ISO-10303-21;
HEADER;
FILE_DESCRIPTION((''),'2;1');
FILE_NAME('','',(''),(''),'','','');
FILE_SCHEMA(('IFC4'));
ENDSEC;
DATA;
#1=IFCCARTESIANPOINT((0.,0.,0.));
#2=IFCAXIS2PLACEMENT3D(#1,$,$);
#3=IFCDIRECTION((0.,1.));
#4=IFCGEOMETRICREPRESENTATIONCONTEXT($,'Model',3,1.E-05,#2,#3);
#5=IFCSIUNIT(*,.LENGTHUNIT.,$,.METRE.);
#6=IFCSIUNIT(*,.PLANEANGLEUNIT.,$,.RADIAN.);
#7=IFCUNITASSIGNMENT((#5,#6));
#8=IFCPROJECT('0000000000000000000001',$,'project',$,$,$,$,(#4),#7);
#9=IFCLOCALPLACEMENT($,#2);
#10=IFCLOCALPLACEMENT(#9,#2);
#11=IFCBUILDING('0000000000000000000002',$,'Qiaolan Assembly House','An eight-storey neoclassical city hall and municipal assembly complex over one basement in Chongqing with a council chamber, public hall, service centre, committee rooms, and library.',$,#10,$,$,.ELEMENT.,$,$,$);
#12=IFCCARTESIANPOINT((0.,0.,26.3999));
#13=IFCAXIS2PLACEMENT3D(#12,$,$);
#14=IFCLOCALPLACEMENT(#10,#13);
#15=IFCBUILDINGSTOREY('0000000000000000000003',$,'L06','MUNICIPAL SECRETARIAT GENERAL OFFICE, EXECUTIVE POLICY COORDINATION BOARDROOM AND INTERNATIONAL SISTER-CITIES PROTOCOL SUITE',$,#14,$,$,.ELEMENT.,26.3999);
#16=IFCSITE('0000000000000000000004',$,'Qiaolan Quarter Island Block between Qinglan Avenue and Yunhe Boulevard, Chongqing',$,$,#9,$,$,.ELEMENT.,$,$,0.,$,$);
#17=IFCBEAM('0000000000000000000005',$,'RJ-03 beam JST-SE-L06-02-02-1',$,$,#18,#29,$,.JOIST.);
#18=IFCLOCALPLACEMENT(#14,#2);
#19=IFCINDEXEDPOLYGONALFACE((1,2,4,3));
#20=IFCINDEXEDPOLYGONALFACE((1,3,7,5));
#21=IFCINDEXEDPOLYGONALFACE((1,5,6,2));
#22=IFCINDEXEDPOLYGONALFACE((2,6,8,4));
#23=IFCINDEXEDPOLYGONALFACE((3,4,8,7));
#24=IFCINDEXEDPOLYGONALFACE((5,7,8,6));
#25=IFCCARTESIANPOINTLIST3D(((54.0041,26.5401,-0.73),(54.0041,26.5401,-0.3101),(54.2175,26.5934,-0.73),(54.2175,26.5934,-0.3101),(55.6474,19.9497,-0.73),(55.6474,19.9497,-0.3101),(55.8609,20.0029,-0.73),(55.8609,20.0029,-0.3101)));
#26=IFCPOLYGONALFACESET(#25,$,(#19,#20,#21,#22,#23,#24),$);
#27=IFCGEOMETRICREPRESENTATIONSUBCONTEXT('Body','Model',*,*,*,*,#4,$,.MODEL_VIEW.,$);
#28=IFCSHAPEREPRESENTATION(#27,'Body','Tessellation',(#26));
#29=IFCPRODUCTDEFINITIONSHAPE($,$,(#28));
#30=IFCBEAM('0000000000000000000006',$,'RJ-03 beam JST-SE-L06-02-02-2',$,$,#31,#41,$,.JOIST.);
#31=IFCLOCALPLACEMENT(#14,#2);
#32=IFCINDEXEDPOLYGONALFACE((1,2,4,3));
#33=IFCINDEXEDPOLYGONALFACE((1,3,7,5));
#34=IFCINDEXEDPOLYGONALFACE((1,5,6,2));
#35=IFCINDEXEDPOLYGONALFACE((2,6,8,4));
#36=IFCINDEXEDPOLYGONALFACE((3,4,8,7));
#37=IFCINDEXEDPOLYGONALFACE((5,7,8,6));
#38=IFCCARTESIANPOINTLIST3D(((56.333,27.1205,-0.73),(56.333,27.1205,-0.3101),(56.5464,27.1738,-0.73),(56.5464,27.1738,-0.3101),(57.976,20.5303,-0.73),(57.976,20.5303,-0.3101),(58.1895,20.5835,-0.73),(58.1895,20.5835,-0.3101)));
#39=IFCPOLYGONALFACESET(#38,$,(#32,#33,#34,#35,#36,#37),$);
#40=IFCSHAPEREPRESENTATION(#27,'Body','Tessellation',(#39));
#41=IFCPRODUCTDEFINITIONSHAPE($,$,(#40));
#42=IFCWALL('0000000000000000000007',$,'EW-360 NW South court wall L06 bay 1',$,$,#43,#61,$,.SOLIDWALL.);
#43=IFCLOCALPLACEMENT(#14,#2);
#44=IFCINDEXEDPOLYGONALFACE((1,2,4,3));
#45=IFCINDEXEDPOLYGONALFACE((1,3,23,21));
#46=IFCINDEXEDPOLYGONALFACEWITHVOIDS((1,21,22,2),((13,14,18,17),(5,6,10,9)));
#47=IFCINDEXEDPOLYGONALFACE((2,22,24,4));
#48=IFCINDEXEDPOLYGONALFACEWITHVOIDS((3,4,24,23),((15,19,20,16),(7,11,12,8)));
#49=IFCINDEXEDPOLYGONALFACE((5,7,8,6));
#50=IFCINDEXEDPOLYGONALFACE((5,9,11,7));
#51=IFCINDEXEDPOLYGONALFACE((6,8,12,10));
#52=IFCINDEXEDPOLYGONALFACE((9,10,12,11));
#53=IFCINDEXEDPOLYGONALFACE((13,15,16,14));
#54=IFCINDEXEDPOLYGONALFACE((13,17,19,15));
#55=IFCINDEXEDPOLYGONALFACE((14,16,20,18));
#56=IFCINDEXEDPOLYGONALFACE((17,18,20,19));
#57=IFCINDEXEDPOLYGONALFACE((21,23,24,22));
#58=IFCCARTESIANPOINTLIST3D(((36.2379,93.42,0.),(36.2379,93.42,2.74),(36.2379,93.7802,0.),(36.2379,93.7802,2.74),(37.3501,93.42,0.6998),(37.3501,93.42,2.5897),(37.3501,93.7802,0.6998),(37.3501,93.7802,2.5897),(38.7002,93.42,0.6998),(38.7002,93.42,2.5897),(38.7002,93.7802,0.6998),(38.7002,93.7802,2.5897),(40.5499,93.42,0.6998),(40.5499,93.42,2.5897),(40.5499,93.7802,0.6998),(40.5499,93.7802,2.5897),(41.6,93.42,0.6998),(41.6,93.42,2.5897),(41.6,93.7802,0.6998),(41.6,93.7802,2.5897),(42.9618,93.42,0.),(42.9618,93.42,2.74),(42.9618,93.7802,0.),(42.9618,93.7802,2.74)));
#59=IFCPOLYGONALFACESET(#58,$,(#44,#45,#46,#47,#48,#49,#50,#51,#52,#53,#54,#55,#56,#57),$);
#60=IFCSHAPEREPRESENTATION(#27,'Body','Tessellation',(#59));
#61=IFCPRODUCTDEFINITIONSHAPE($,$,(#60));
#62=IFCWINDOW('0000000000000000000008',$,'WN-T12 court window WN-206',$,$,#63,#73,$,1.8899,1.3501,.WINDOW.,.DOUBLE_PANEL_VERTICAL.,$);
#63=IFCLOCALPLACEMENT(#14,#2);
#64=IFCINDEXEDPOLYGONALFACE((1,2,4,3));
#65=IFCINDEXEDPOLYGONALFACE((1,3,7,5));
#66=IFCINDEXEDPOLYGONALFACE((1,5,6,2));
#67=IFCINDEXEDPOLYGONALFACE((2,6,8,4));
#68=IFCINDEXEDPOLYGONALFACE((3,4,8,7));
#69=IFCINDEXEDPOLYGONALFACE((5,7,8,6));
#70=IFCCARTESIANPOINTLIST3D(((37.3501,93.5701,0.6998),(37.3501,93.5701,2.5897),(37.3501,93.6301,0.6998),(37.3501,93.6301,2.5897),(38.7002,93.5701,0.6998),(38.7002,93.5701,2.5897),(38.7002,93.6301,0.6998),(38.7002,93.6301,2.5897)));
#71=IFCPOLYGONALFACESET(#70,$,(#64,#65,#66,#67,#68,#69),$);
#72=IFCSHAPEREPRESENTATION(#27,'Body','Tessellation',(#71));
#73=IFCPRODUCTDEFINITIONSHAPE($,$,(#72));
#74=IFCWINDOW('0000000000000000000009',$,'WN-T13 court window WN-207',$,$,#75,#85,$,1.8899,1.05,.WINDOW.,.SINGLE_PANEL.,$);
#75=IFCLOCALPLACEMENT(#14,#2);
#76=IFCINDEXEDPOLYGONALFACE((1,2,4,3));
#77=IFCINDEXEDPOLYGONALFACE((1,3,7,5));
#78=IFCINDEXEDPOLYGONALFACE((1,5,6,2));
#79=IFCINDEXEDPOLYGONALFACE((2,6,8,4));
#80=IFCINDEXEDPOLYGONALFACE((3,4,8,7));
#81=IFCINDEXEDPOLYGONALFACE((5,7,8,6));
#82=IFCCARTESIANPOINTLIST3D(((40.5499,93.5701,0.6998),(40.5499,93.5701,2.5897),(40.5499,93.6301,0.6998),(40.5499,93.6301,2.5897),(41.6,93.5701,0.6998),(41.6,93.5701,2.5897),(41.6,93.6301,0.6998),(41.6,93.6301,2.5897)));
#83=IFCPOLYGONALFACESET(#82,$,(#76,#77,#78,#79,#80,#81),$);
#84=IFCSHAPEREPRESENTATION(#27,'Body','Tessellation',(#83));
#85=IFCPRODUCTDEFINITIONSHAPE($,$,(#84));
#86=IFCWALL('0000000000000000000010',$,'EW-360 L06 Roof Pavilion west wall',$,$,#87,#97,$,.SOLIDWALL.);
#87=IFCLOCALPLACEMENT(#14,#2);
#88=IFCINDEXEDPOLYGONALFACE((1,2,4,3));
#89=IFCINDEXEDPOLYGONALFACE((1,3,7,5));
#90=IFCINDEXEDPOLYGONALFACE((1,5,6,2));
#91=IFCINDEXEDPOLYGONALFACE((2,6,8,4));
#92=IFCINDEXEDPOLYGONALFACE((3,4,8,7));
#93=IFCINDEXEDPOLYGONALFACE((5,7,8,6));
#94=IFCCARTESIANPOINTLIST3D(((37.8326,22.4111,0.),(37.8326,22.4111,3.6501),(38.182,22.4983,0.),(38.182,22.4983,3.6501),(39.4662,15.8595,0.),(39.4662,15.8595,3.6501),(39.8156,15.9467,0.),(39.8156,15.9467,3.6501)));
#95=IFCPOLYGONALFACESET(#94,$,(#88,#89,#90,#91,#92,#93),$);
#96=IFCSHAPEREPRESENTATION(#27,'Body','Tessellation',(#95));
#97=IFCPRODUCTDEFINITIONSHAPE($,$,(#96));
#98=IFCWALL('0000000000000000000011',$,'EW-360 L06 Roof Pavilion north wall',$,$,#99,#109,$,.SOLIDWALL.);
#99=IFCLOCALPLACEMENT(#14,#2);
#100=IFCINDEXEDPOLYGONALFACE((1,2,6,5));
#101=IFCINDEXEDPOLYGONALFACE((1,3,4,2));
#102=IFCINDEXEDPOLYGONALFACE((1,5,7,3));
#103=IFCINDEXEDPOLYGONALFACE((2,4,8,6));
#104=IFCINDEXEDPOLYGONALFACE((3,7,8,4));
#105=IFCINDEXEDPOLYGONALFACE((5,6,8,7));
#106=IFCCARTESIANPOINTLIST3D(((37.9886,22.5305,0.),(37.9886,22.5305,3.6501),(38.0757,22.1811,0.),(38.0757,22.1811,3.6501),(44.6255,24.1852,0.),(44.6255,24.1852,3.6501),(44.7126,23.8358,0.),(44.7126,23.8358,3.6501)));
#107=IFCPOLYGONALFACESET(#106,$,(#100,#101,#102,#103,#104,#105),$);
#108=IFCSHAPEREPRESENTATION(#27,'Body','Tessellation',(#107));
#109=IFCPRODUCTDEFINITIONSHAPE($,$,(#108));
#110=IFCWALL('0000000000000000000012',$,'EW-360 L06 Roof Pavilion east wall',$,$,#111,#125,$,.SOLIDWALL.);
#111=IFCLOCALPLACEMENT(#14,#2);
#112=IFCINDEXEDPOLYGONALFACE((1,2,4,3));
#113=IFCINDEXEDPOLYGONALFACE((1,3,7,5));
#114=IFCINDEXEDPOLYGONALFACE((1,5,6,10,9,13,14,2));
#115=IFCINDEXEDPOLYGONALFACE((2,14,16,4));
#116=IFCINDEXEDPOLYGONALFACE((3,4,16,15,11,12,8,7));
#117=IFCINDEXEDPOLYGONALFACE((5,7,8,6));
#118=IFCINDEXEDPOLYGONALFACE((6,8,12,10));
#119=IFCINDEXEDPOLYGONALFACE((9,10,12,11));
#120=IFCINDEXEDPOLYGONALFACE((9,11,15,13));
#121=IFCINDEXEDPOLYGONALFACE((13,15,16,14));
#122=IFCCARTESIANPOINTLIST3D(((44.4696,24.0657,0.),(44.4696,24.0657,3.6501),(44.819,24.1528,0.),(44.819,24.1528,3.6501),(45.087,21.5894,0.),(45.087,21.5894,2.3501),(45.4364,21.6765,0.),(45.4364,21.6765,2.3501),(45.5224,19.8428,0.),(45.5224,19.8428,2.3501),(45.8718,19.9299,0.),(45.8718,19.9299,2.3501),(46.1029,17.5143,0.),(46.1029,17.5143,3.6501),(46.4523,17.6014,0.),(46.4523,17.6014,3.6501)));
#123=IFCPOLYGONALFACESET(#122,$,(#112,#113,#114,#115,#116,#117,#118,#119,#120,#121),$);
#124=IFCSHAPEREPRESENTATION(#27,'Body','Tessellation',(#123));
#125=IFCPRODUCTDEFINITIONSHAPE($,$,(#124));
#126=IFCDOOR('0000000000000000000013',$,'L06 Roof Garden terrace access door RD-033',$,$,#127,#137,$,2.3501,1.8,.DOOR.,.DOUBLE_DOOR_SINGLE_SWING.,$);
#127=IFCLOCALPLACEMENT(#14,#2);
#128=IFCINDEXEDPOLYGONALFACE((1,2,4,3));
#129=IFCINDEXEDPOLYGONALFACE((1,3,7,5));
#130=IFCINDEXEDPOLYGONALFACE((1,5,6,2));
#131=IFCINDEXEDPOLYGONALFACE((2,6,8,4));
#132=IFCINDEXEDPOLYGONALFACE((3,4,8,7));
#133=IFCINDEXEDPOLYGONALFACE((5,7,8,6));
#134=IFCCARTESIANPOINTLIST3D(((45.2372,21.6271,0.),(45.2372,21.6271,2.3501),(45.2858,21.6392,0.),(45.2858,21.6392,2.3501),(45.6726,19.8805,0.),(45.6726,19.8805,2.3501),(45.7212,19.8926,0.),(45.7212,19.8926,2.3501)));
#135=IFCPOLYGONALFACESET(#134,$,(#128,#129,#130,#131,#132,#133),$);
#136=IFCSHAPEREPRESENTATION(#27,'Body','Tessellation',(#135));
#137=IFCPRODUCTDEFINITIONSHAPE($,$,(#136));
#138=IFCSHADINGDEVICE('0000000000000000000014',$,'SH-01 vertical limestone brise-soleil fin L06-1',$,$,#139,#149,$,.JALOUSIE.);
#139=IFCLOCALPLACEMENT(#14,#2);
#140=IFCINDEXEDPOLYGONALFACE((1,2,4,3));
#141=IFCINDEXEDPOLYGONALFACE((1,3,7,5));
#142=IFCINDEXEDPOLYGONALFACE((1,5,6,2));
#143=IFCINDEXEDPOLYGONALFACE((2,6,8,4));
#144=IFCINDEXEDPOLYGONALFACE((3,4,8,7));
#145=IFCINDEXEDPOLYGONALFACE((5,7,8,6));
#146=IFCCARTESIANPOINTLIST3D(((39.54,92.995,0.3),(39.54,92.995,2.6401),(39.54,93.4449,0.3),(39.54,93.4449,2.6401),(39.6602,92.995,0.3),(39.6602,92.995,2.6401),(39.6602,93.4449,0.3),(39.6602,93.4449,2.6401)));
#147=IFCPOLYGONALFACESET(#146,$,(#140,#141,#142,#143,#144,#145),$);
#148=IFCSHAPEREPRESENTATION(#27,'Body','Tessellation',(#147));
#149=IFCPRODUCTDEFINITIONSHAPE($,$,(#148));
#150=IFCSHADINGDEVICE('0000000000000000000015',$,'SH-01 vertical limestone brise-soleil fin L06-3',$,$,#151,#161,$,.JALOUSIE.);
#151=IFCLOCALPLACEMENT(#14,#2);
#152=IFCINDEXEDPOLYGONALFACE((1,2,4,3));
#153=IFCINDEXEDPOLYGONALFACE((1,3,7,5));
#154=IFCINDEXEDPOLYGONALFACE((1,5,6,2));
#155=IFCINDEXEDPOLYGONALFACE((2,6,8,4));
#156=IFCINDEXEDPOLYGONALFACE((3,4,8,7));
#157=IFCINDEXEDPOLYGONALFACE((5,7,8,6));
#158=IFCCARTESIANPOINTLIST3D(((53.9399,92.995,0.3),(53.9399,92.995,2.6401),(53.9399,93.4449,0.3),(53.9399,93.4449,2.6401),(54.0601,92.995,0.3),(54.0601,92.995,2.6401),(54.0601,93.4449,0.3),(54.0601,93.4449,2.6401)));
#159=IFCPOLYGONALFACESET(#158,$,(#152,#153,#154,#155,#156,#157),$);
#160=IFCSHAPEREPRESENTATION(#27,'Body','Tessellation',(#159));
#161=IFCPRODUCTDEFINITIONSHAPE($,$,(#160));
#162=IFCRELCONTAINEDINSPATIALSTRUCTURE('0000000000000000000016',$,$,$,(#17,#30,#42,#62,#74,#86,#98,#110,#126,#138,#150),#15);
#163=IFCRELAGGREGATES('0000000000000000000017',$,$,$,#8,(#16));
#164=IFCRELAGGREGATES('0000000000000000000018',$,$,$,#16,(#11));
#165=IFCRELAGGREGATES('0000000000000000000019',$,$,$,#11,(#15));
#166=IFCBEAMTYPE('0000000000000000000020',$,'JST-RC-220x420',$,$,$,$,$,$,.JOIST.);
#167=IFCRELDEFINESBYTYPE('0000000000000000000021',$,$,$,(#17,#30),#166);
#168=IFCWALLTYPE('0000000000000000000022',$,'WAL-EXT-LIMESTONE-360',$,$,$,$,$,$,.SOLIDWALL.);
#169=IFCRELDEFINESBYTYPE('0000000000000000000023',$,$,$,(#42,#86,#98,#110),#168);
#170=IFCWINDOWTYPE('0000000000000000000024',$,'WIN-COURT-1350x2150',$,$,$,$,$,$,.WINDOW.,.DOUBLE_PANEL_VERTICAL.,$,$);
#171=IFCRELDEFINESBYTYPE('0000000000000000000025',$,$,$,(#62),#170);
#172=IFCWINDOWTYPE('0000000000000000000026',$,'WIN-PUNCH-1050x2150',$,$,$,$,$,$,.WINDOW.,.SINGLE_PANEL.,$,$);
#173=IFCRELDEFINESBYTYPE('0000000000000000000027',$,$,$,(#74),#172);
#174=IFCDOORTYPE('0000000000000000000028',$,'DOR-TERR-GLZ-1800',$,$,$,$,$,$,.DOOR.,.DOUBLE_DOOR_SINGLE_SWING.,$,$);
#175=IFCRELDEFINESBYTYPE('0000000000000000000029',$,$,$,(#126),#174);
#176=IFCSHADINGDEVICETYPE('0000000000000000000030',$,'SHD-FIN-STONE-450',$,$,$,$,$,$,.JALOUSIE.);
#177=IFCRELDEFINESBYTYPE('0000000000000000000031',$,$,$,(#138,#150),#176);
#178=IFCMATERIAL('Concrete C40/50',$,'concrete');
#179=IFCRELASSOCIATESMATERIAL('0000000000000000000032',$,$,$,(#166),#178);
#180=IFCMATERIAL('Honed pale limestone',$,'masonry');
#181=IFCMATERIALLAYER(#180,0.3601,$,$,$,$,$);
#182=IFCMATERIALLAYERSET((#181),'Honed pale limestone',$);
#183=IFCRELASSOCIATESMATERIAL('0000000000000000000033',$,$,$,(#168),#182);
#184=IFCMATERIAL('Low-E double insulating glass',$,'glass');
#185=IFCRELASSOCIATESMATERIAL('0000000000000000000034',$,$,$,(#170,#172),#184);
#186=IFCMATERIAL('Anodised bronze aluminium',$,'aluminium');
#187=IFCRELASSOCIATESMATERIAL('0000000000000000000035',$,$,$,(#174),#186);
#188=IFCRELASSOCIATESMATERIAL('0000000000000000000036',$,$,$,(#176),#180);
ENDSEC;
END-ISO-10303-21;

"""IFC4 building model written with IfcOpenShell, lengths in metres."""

from ifc_helpers import new_model, si_unit, direction, frame, frame_2d, origin, origin_2d, place, context, subcontext, project, spatial, rectangle, extrude, material, layer, layer_set, material_profile, profile_set, type_object, element, fill, save


model = new_model("IFC4")

# Units and contexts
model_context = context("Model", 3, precision=1e-05, world=origin(), true_north=direction((0.0, 1.0)))
body_context = subcontext(model_context, "Body", "Model", "MODEL_VIEW")
ifc_project = project(units=[si_unit("LENGTHUNIT", "METRE"), si_unit("PLANEANGLEUNIT", "RADIAN")], contexts=[model_context])

# Site, building, storey
site_placement = place(None, origin())
site = spatial("IfcSite", under=ifc_project, at=site_placement, Name="Qiaolan Quarter Island Block between Qinglan Avenue and Yunhe Boulevard, Chongqing", CompositionType="ELEMENT", RefElevation=0.0)
building_placement = place(site_placement, origin())
building = spatial("IfcBuilding", under=site, at=building_placement, Name="Qiaolan Assembly House", Description="An eight-storey neoclassical city hall and municipal assembly complex over one basement in Chongqing with a council chamber, public hall, service centre, committee rooms, and library.", CompositionType="ELEMENT")
storey_placement = place(building_placement, frame((0.0, 0.0, 26.3999)))
storey = spatial("IfcBuildingStorey", under=building, at=storey_placement, Name="L06", Description="MUNICIPAL SECRETARIAT GENERAL OFFICE, EXECUTIVE POLICY COORDINATION BOARDROOM AND INTERNATIONAL SISTER-CITIES PROTOCOL SUITE", CompositionType="ELEMENT", Elevation=26.3999)

# Shared definitions
ifc_material_1 = material(Name="Concrete C40/50", Category="concrete")

# Beams
ifc_material_profile_1 = material_profile(ifc_material_1, rectangle(XDim=0.22, YDim=0.4199, at=origin_2d()), Name="RCB 220x420")
ifc_profile_set_1 = profile_set([ifc_material_profile_1], Name="Concrete C40/50")
beam_type_1 = type_object("IfcBeamType", Name="JST-RC-220x420", PredefinedType="JOIST", material=ifc_profile_set_1)
beam_1_placement = place(storey_placement, frame((55.7542, 19.9763, -0.52), z_axis=(-0.241944, 0.97029, 0.0), x_axis=(-0.97029, -0.241944, 0.0)))
element("IfcBeam", 1, at=beam_1_placement, inside=storey, type_object=beam_type_1, Name="RJ-03 beam JST-SE-L06-02-02-1", PredefinedType="JOIST", context=body_context, shape_type="SweptSolid", body=[
    extrude(rectangle(XDim=0.22, YDim=0.4199, at=origin_2d()), origin(), (0.0, 0.0, 1.0), 6.7922),
])
beam_2_placement = place(storey_placement, frame((58.0828, 20.5569, -0.52), z_axis=(-0.24191, 0.970299, 0.0), x_axis=(-0.970299, -0.24191, 0.0)))
element("IfcBeam", 2, at=beam_2_placement, inside=storey, type_object=beam_type_1, Name="RJ-03 beam JST-SE-L06-02-02-2", PredefinedType="JOIST", context=body_context, shape_type="SweptSolid", body=[
    extrude(rectangle(XDim=0.22, YDim=0.4199, at=origin_2d()), origin(), (0.0, 0.0, 1.0), 6.792),
])

# Wall, openings, windows
ifc_material_2 = material(Name="Honed pale limestone", Category="masonry")
ifc_layer = layer(ifc_material_2, 0.3601)
ifc_layer_set = layer_set([ifc_layer], Name="Honed pale limestone")
wall_type = type_object("IfcWallType", Name="WAL-EXT-LIMESTONE-360", PredefinedType="SOLIDWALL", material=ifc_layer_set)
wall_1_placement = place(storey_placement, frame((36.238, 93.6001, 0.0), z_axis=(0.0, 0.0, 1.0), x_axis=(1.0, 0.0, 0.0)))
wall_1 = element("IfcWall", 3, at=wall_1_placement, inside=storey, type_object=wall_type, Name="EW-360 NW South court wall L06 bay 1", PredefinedType="SOLIDWALL", context=body_context, shape_type="SweptSolid", body=[
    extrude(rectangle(XDim=6.7239, YDim=0.3601, at=frame_2d((3.3618, 0.0))), origin(), (0.0, 0.0, 1.0), 2.74),
])
opening_1_placement = place(wall_1_placement, frame((1.1121, 0.0, 0.7)))
opening_1 = element("IfcOpeningElement", 4, at=opening_1_placement, cuts=wall_1, PredefinedType="OPENING", context=body_context, shape_type="SweptSolid", body=[
    extrude(rectangle(XDim=1.3501, YDim=1.8899, at=frame_2d((0.675, 0.9448))), frame((0.0, 0.1899, 0.0), z_axis=(0.0, -1.0, 0.0), x_axis=(1.0, 0.0, 0.0)), (0.0, 0.0, 1.0), 0.3801),
])
opening_2_placement = place(wall_1_placement, frame((4.312, 0.0, 0.7)))
opening_2 = element("IfcOpeningElement", 5, at=opening_2_placement, cuts=wall_1, PredefinedType="OPENING", context=body_context, shape_type="SweptSolid", body=[
    extrude(rectangle(XDim=1.05, YDim=1.8899, at=frame_2d((0.5249, 0.9448))), frame((0.0, 0.1899, 0.0), z_axis=(0.0, -1.0, 0.0), x_axis=(1.0, 0.0, 0.0)), (0.0, 0.0, 1.0), 0.3801),
])
ifc_material_3 = material(Name="Low-E double insulating glass", Category="glass")
window_type_1 = type_object("IfcWindowType", Name="WIN-COURT-1350x2150", PartitioningType="DOUBLE_PANEL_VERTICAL", PredefinedType="WINDOW", material=ifc_material_3)
window_1_placement = place(opening_1_placement, origin())
window_1 = element("IfcWindow", 6, at=window_1_placement, inside=storey, type_object=window_type_1, Name="WN-T12 court window WN-206", OverallHeight=1.8899, OverallWidth=1.3501, PartitioningType="DOUBLE_PANEL_VERTICAL", PredefinedType="WINDOW", context=body_context, shape_type="SweptSolid", body=[
    extrude(rectangle(XDim=1.3501, YDim=1.8899, at=frame_2d((0.675, 0.9448))), frame((0.0, 0.03, 0.0), z_axis=(0.0, -1.0, 0.0), x_axis=(1.0, 0.0, 0.0)), (0.0, 0.0, 1.0), 0.0601),
])
fill(opening_1, window_1)
window_type_2 = type_object("IfcWindowType", Name="WIN-PUNCH-1050x2150", PartitioningType="SINGLE_PANEL", PredefinedType="WINDOW", material=ifc_material_3)
window_2_placement = place(opening_2_placement, origin())
window_2 = element("IfcWindow", 7, at=window_2_placement, inside=storey, type_object=window_type_2, Name="WN-T13 court window WN-207", OverallHeight=1.8899, OverallWidth=1.05, PartitioningType="SINGLE_PANEL", PredefinedType="WINDOW", context=body_context, shape_type="SweptSolid", body=[
    extrude(rectangle(XDim=1.05, YDim=1.8899, at=frame_2d((0.5249, 0.9448))), frame((0.0, 0.03, 0.0), z_axis=(0.0, -1.0, 0.0), x_axis=(1.0, 0.0, 0.0)), (0.0, 0.0, 1.0), 0.0601),
])
fill(opening_2, window_2)

# Walls
wall_2_placement = place(storey_placement, frame((38.0073, 22.4546, 0.0), z_axis=(0.0, 0.0, 1.0), x_axis=(0.241932, -0.970293, 0.0)))
element("IfcWall", 8, at=wall_2_placement, inside=storey, type_object=wall_type, Name="EW-360 L06 Roof Pavilion west wall", PredefinedType="SOLIDWALL", context=body_context, shape_type="SweptSolid", body=[
    extrude(rectangle(XDim=6.7522, YDim=0.3601, at=frame_2d((3.376, 0.0))), origin(), (0.0, 0.0, 1.0), 3.6501),
])
wall_3_placement = place(storey_placement, frame((44.6689, 24.0105, 0.0), z_axis=(0.0, 0.0, 1.0), x_axis=(-0.970296, -0.241923, 0.0)))
element("IfcWall", 9, at=wall_3_placement, inside=storey, type_object=wall_type, Name="EW-360 L06 Roof Pavilion north wall", PredefinedType="SOLIDWALL", context=body_context, shape_type="SweptSolid", body=[
    extrude(rectangle(XDim=6.8401, YDim=0.3601, at=frame_2d((3.4199, 0.0))), origin(), (0.0, 0.0, 1.0), 3.6501),
])

# Wall, opening, door
wall_4_placement = place(storey_placement, frame((46.2776, 17.5579, 0.0), z_axis=(0.0, 0.0, 1.0), x_axis=(-0.241897, 0.970302, 0.0)))
wall_4 = element("IfcWall", 10, at=wall_4_placement, inside=storey, type_object=wall_type, Name="EW-360 L06 Roof Pavilion east wall", PredefinedType="SOLIDWALL", context=body_context, shape_type="SweptSolid", body=[
    extrude(rectangle(XDim=6.752, YDim=0.3601, at=frame_2d((3.376, 0.0))), origin(), (0.0, 0.0, 1.0), 3.6501),
])
opening_3_placement = place(wall_4_placement, frame((2.3999, 0.0, 0.0)))
opening_3 = element("IfcOpeningElement", 11, at=opening_3_placement, cuts=wall_4, PredefinedType="OPENING", context=body_context, shape_type="SweptSolid", body=[
    extrude(rectangle(XDim=1.8, YDim=2.3501, at=frame_2d((0.8999, 1.175))), frame((0.0, 0.1899, 0.0), z_axis=(0.0, -1.0, 0.0), x_axis=(1.0, 0.0, 0.0)), (0.0, 0.0, 1.0), 0.3801),
])
ifc_material_4 = material(Name="Anodised bronze aluminium", Category="aluminium")
door_type = type_object("IfcDoorType", Name="DOR-TERR-GLZ-1800", OperationType="DOUBLE_DOOR_SINGLE_SWING", PredefinedType="DOOR", material=ifc_material_4)
door_placement = place(opening_3_placement, frame((1.8, 0.0, 0.0), z_axis=(0.0, 0.0, 1.0), x_axis=(-1.0, 0.0, 0.0)))
door = element("IfcDoor", 12, at=door_placement, inside=storey, type_object=door_type, Name="L06 Roof Garden terrace access door RD-033", OperationType="DOUBLE_DOOR_SINGLE_SWING", OverallHeight=2.3501, OverallWidth=1.8, PredefinedType="DOOR", context=body_context, shape_type="SweptSolid", body=[
    extrude(rectangle(XDim=1.8, YDim=2.3501, at=frame_2d((0.8999, 1.175))), frame((0.0, 0.0249, 0.0), z_axis=(0.0, -1.0, 0.0), x_axis=(1.0, 0.0, 0.0)), (0.0, 0.0, 1.0), 0.05),
])
fill(opening_3, door)

# Shading devices
ifc_material_profile_2 = material_profile(ifc_material_2, rectangle(XDim=0.1201, YDim=0.45, at=origin_2d()), Name="FIN 120x450")
ifc_profile_set_2 = profile_set([ifc_material_profile_2], Name="Honed pale limestone")
shading_device_type = type_object("IfcShadingDeviceType", Name="SHD-FIN-STONE-450", PredefinedType="JALOUSIE", material=ifc_profile_set_2)
for number, where, z_axis, x_axis, name in (
    (13, (39.6001, 93.22, 0.3), (0.0, 0.0, 1.0), (1.0, 0.0, 0.0), "SH-01 vertical limestone brise-soleil fin L06-1"),
    (14, (54.0, 93.22, 0.3), (0.0, 0.0, 1.0), (1.0, 0.0, 0.0), "SH-01 vertical limestone brise-soleil fin L06-3"),
):
    element("IfcShadingDevice", number, at=place(storey_placement, frame(where, z_axis=z_axis, x_axis=x_axis)), inside=storey, type_object=shading_device_type, Name=name, PredefinedType="JALOUSIE", context=body_context, shape_type="SweptSolid", body=[
        extrude(rectangle(XDim=0.1201, YDim=0.45, at=origin_2d()), origin(), (0.0, 0.0, 1.0), 2.3401),
    ])

save(model, "model.ifc")
